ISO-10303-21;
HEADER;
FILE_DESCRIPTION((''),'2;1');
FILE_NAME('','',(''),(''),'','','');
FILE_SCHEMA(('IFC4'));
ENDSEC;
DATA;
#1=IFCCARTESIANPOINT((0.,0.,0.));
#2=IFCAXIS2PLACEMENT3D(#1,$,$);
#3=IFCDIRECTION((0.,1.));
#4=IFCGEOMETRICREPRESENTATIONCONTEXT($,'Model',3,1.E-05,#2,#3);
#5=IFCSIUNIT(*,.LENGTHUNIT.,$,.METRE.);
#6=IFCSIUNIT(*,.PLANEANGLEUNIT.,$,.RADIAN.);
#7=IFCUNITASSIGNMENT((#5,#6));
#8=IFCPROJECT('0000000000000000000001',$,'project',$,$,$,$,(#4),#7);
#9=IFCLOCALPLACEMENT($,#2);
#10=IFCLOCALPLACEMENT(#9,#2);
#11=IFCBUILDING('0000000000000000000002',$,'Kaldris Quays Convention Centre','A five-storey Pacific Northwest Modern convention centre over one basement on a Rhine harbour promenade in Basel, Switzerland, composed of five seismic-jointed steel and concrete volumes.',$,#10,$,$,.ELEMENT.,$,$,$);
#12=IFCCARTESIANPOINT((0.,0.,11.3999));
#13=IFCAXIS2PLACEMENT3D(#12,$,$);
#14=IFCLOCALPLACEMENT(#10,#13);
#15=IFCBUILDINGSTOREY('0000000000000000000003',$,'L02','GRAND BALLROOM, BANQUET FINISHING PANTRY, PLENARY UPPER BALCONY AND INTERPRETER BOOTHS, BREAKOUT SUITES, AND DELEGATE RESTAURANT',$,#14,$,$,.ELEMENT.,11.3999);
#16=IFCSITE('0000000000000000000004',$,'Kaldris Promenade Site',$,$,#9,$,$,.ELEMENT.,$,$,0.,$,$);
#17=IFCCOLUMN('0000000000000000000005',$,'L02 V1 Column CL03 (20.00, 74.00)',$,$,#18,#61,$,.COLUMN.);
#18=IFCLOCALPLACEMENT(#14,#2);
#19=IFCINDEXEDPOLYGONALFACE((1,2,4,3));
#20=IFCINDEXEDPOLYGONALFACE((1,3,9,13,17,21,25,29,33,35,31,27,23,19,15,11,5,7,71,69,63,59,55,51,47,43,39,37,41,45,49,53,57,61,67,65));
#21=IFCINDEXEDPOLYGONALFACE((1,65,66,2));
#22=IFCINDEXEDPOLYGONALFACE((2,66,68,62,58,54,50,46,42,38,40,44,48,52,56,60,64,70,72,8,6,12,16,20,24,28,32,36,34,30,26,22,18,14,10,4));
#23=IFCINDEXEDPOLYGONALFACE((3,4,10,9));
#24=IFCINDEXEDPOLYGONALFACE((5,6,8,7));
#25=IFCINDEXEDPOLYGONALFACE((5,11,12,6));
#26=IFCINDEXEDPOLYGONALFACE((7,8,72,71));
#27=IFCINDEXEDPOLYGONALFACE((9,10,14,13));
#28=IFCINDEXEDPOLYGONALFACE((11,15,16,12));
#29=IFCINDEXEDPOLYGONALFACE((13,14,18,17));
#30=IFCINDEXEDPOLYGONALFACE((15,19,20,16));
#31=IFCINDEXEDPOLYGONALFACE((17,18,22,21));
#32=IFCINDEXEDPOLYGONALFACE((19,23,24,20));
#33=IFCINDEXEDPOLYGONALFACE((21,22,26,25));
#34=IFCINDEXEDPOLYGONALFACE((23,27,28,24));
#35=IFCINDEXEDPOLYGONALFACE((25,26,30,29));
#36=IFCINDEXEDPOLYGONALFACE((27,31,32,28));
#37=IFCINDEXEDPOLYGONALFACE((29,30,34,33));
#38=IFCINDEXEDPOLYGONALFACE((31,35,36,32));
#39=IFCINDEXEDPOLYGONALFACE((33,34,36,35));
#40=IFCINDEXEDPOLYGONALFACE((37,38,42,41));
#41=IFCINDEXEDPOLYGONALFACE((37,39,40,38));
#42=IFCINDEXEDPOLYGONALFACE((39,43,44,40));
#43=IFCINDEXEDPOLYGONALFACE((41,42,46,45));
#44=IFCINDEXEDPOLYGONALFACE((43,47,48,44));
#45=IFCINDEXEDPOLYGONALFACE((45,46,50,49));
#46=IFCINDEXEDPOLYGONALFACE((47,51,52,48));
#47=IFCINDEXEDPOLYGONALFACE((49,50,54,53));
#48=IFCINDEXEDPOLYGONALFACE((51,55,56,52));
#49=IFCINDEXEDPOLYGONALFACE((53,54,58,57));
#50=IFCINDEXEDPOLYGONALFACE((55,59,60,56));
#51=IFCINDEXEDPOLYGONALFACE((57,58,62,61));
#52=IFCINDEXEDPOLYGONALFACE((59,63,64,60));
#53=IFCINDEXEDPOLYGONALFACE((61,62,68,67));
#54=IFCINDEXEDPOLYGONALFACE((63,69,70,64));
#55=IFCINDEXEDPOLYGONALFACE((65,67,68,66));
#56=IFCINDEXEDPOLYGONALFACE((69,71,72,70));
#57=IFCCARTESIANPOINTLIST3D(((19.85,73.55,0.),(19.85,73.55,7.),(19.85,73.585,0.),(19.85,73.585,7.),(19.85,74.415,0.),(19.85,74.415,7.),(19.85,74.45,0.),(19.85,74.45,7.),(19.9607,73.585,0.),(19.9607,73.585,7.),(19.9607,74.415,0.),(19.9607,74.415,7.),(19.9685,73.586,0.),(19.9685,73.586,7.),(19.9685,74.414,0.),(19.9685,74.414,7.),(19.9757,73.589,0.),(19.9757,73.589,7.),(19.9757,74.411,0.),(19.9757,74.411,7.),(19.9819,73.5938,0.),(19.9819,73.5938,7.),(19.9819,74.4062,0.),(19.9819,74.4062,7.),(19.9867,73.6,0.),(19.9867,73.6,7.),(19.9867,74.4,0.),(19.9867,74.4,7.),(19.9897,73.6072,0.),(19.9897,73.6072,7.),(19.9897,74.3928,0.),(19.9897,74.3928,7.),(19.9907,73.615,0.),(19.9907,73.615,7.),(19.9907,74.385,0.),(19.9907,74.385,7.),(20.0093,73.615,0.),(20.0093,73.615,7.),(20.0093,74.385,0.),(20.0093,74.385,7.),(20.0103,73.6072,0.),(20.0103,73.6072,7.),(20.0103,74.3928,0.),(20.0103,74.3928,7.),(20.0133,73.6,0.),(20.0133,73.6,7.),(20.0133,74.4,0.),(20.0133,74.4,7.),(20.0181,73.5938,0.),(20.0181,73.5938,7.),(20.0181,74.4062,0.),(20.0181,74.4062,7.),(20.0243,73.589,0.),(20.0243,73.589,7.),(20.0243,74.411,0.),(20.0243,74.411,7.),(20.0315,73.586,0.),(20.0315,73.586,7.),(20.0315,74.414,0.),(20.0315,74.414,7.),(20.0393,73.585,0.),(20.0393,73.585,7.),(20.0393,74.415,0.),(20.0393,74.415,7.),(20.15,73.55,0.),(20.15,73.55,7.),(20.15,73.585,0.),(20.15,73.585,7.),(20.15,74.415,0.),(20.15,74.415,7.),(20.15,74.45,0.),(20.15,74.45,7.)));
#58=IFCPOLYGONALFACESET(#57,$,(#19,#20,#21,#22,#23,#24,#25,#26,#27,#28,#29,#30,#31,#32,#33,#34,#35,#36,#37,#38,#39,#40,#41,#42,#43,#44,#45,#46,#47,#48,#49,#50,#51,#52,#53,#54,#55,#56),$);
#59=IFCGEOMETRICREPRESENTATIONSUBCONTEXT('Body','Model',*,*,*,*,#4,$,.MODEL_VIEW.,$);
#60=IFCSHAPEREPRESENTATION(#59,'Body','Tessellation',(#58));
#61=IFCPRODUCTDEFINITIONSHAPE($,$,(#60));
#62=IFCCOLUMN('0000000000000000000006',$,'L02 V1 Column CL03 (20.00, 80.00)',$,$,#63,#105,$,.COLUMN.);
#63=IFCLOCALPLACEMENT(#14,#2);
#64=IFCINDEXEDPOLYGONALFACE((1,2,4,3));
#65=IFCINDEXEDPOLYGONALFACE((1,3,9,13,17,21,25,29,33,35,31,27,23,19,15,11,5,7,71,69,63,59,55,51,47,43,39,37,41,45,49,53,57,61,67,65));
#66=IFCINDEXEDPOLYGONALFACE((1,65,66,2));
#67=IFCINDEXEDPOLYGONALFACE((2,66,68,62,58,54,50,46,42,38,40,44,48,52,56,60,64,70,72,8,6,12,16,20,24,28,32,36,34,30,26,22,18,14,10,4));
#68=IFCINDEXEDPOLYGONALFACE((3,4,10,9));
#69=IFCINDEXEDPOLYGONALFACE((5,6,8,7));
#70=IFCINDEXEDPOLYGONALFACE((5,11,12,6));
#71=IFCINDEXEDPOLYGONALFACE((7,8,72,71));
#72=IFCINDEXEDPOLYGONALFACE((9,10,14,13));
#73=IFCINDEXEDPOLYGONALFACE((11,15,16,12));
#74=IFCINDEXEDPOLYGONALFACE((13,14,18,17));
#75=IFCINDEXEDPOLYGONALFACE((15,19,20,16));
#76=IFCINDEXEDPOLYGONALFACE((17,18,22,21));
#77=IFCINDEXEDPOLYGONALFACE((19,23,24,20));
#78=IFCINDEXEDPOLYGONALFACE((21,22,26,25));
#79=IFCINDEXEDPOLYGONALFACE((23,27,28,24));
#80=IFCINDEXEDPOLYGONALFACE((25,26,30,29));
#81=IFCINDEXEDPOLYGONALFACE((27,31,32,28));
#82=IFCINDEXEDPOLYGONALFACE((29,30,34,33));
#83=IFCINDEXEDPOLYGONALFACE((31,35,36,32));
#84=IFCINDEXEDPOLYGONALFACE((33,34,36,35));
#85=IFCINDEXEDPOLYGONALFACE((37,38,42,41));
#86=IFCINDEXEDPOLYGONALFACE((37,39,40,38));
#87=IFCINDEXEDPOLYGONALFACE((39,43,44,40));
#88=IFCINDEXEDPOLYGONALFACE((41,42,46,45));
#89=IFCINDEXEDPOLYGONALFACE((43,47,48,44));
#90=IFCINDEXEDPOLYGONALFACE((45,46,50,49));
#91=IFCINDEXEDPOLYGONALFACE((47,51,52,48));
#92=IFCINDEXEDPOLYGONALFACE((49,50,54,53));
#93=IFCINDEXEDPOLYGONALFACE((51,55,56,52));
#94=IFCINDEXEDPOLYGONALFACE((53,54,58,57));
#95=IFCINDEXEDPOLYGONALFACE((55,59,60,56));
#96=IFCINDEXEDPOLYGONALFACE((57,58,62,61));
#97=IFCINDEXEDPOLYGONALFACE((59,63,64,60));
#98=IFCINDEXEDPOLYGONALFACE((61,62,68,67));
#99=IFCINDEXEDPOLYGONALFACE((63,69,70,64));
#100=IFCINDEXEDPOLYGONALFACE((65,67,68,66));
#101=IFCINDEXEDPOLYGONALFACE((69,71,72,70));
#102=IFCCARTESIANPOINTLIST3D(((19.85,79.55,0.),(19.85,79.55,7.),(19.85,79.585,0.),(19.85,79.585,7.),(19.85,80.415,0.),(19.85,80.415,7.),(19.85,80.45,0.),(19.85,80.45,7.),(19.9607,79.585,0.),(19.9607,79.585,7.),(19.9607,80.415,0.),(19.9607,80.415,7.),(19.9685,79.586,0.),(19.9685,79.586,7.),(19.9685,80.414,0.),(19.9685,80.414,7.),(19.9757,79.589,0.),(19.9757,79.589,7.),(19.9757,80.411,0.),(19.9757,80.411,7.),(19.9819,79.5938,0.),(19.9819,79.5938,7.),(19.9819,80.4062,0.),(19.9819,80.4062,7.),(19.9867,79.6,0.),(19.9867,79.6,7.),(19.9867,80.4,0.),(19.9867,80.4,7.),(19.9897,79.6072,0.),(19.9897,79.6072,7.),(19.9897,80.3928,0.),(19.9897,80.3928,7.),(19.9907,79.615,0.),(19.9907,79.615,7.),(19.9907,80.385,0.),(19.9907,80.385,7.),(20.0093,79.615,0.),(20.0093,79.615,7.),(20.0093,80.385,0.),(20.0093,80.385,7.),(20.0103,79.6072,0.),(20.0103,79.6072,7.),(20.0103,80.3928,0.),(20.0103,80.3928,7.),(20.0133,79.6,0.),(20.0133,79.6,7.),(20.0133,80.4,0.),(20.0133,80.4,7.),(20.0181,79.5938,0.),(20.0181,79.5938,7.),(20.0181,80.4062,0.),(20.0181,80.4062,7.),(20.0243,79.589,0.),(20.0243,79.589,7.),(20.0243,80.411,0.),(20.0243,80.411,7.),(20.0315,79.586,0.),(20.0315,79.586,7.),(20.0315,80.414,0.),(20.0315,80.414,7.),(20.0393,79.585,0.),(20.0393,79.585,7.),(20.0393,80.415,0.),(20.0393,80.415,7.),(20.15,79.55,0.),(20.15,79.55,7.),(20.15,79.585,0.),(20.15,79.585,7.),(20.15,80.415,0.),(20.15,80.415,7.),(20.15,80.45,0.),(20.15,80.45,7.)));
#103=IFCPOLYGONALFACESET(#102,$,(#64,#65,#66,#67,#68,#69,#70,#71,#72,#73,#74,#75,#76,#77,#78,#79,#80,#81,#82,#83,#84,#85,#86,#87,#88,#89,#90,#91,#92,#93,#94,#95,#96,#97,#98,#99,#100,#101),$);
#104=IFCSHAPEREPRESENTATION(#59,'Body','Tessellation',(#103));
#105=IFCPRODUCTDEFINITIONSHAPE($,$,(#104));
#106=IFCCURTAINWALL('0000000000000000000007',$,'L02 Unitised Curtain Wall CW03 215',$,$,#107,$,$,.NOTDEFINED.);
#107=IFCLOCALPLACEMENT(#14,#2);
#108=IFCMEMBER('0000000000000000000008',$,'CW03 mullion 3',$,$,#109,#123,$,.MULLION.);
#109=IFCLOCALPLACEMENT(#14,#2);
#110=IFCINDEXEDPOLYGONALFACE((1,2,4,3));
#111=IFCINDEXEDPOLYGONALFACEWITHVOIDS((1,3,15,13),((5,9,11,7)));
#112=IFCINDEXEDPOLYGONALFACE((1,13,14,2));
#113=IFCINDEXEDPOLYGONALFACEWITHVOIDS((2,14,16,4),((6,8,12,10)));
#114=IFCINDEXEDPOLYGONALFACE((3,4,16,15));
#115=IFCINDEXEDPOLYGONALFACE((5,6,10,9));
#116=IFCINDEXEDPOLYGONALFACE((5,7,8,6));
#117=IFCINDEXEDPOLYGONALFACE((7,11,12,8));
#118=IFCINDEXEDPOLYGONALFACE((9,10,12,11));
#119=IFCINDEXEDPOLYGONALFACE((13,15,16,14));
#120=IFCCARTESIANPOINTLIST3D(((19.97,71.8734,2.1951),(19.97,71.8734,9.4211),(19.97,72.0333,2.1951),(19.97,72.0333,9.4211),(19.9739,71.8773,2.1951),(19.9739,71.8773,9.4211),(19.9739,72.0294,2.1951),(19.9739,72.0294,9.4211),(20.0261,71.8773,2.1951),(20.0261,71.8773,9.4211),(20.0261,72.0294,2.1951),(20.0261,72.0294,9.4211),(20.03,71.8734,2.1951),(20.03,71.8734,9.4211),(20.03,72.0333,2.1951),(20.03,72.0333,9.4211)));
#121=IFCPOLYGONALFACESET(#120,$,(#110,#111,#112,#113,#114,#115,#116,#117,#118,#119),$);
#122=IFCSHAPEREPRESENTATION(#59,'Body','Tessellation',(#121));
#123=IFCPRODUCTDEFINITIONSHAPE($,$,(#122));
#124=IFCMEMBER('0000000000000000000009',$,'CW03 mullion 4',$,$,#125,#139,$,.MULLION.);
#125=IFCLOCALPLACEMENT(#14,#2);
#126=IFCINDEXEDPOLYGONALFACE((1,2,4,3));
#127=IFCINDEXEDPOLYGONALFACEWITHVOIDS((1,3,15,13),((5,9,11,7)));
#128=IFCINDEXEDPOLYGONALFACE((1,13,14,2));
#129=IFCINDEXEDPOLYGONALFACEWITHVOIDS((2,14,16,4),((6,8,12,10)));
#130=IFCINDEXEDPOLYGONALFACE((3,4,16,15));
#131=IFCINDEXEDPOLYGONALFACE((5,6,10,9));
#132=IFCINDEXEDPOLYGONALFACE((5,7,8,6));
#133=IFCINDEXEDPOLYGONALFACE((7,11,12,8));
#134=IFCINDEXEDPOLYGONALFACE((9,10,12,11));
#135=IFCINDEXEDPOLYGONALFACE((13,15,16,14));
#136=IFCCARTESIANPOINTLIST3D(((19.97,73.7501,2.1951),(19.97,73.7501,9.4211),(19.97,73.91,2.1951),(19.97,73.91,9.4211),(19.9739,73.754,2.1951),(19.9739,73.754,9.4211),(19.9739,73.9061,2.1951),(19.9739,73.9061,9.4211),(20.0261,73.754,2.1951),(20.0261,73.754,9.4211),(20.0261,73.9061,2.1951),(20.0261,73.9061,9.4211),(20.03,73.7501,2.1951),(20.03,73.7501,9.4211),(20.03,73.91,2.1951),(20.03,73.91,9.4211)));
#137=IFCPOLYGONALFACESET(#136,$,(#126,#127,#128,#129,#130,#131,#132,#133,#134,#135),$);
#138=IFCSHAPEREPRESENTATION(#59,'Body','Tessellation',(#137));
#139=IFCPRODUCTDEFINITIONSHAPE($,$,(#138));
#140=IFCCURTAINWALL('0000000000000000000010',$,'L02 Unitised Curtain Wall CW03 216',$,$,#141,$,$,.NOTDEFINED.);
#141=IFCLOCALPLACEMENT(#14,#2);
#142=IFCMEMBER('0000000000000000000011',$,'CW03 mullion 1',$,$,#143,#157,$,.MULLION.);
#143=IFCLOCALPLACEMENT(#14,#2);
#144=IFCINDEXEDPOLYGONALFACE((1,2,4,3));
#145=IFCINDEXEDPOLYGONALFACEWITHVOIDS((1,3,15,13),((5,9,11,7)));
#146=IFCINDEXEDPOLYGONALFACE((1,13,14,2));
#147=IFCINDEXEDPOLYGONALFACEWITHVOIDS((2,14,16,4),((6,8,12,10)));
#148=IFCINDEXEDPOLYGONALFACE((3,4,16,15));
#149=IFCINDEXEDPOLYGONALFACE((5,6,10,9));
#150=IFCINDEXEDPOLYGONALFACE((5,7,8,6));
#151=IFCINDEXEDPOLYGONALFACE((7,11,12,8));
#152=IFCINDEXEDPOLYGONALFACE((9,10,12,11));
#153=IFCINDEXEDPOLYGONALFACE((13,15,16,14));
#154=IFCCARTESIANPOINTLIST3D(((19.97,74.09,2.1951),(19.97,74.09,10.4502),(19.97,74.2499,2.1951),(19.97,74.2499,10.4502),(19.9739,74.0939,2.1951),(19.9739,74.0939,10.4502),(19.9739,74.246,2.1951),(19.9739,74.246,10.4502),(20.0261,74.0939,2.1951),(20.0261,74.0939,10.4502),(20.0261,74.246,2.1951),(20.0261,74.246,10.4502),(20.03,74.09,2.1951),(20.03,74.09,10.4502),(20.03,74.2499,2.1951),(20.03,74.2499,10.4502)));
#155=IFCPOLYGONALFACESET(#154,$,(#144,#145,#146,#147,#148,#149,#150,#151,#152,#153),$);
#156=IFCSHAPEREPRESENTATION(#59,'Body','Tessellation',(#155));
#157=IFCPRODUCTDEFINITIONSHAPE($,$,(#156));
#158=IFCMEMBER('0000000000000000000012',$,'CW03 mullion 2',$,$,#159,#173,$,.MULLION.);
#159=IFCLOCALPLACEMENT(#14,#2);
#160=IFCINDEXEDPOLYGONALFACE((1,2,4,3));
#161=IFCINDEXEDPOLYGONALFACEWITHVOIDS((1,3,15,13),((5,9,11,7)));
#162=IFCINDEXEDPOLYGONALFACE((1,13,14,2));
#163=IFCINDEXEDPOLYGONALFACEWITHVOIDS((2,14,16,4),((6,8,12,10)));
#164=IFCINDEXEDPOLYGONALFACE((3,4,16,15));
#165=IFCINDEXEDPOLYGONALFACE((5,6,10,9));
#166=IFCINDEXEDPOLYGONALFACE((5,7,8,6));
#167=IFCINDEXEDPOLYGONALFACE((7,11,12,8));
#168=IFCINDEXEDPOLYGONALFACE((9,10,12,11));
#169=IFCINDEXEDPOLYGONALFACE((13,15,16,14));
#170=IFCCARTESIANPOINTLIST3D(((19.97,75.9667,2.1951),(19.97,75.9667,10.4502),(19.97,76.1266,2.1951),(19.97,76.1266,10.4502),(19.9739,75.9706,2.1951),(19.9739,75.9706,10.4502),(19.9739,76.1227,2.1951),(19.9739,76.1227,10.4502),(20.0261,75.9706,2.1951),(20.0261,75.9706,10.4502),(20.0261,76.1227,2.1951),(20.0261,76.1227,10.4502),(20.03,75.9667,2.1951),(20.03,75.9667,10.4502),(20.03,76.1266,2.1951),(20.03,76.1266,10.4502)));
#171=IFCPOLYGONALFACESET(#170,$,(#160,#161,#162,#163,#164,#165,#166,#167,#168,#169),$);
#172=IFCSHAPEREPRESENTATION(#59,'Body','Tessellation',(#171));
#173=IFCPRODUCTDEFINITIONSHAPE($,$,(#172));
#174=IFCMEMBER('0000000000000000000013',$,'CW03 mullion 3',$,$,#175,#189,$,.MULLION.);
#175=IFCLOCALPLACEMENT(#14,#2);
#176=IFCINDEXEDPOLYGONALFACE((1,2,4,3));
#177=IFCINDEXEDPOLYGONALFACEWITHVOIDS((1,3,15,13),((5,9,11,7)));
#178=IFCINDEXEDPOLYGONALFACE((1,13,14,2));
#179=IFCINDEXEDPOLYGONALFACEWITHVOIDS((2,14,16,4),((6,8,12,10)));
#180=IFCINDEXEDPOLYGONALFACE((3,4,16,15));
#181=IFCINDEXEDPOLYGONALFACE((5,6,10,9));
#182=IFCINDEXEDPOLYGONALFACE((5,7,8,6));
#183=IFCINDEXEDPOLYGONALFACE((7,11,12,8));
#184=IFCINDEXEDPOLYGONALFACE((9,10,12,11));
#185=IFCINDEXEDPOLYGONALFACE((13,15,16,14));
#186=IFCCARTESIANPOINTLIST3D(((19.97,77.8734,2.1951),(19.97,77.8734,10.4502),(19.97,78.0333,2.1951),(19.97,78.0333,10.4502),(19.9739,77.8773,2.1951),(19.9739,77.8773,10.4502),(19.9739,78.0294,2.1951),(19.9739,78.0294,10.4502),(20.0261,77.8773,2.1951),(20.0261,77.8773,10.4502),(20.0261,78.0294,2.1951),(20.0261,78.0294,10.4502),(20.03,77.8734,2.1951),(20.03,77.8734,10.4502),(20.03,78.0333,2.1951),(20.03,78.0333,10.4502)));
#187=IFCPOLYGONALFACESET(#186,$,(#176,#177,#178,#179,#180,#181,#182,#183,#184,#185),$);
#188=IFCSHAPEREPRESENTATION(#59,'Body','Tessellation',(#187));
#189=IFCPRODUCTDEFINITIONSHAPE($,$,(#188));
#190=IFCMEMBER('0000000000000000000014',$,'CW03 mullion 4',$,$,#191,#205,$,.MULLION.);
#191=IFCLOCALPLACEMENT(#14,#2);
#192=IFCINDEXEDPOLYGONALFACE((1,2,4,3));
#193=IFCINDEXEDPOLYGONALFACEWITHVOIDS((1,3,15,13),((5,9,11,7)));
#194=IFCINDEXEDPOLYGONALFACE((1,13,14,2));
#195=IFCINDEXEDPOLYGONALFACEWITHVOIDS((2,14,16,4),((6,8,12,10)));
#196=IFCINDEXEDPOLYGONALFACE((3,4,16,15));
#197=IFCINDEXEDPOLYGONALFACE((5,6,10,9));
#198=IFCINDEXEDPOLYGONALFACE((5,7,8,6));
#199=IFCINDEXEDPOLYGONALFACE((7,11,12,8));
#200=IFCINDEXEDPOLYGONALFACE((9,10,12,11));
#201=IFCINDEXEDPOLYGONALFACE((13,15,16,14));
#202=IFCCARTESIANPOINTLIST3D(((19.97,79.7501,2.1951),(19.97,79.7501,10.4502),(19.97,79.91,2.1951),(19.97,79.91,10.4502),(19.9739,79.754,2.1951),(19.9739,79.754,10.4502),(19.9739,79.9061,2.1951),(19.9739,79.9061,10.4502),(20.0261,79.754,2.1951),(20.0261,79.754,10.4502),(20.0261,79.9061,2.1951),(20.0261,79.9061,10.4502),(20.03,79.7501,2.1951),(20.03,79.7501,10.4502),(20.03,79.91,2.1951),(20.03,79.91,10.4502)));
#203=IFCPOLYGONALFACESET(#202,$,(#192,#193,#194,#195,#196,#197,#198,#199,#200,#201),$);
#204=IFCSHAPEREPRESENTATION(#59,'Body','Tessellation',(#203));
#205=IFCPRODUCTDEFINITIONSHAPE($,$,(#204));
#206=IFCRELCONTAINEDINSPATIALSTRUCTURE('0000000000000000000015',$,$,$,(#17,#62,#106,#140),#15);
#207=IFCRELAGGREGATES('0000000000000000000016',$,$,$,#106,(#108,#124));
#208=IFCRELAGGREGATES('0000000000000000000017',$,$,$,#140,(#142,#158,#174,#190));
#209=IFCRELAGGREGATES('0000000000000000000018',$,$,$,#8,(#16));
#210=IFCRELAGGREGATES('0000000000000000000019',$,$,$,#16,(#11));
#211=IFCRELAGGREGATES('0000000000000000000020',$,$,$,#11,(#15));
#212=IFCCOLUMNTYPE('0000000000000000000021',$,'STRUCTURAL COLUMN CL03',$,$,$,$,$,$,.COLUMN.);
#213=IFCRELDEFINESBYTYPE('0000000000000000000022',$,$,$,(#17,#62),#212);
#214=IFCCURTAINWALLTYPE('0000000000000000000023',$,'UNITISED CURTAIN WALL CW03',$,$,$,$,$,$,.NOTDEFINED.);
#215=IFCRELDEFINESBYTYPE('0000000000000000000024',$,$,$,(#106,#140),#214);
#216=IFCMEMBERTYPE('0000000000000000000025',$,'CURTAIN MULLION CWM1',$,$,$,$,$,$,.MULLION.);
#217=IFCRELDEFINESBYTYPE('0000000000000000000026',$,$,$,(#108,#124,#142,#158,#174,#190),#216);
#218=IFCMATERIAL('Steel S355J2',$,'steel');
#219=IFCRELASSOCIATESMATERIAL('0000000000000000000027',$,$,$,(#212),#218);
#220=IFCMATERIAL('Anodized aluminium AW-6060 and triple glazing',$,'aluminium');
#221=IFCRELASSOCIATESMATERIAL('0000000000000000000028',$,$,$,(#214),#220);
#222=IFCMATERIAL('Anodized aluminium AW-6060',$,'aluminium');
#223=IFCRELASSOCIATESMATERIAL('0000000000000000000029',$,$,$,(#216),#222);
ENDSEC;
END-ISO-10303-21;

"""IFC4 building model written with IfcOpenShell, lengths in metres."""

from ifc_helpers import new_model, si_unit, direction, frame, origin, origin_2d, place, context, subcontext, project, spatial, hollow_rectangle, i_section, extrude, material, material_profile, profile_set, type_object, element, aggregate, save


model = new_model("IFC4")

# Units and contexts
model_context = context("Model", 3, precision=1e-05, world=origin(), true_north=direction((0.0, 1.0)))
body_context = subcontext(model_context, "Body", "Model", "MODEL_VIEW")
ifc_project = project(units=[si_unit("LENGTHUNIT", "METRE"), si_unit("PLANEANGLEUNIT", "RADIAN")], contexts=[model_context])

# Site, building, storey
site_placement = place(None, origin())
site = spatial("IfcSite", under=ifc_project, at=site_placement, Name="Kaldris Promenade Site", CompositionType="ELEMENT", RefElevation=0.0)
building_placement = place(site_placement, origin())
building = spatial("IfcBuilding", under=site, at=building_placement, Name="Kaldris Quays Convention Centre", Description="A five-storey Pacific Northwest Modern convention centre over one basement on a Rhine harbour promenade in Basel, Switzerland, composed of five seismic-jointed steel and concrete volumes.", CompositionType="ELEMENT")
storey_placement = place(building_placement, frame((0.0, 0.0, 11.3999)))
storey = spatial("IfcBuildingStorey", under=building, at=storey_placement, Name="L02", Description="GRAND BALLROOM, BANQUET FINISHING PANTRY, PLENARY UPPER BALCONY AND INTERPRETER BOOTHS, BREAKOUT SUITES, AND DELEGATE RESTAURANT", CompositionType="ELEMENT", Elevation=11.3999)

# Columns
ifc_material_1 = material(Name="Steel S355J2", Category="steel")
ifc_material_profile_1 = material_profile(ifc_material_1, i_section(OverallWidth=0.3, OverallDepth=0.8999, WebThickness=0.0186, FlangeThickness=0.0349, FilletRadius=0.03, at=origin_2d()), Name="HEB 900")
ifc_profile_set_1 = profile_set([ifc_material_profile_1], Name="Steel S355J2")
column_type = type_object("IfcColumnType", Name="STRUCTURAL COLUMN CL03", PredefinedType="COLUMN", material=ifc_profile_set_1)
for number, where, z_axis, x_axis, name in (
    (1, (20.0, 74.0, 0.0), (0.0, 0.0, 1.0), (1.0, 0.0, 0.0), "L02 V1 Column CL03 (20.00, 74.00)"),
    (2, (20.0, 80.0, 0.0), (0.0, 0.0, 1.0), (1.0, 0.0, 0.0), "L02 V1 Column CL03 (20.00, 80.00)"),
):
    element("IfcColumn", number, at=place(storey_placement, frame(where, z_axis=z_axis, x_axis=x_axis)), inside=storey, type_object=column_type, Name=name, PredefinedType="COLUMN", context=body_context, shape_type="SweptSolid", body=[
        extrude(i_section(OverallWidth=0.3, OverallDepth=0.8999, WebThickness=0.0186, FlangeThickness=0.0349, FilletRadius=0.03, at=origin_2d()), origin(), (0.0, 0.0, 1.0), 7.0),
    ])

# Curtain walls, members
ifc_material_2 = material(Name="Anodized aluminium AW-6060 and triple glazing", Category="aluminium")
curtain_wall_type = type_object("IfcCurtainWallType", Name="UNITISED CURTAIN WALL CW03", PredefinedType="NOTDEFINED", material=ifc_material_2)
curtain_wall_1_placement = place(storey_placement, origin())
curtain_wall_1 = element("IfcCurtainWall", 3, at=curtain_wall_1_placement, inside=storey, type_object=curtain_wall_type, Name="L02 Unitised Curtain Wall CW03 215", PredefinedType="NOTDEFINED")
ifc_material_3 = material(Name="Anodized aluminium AW-6060", Category="aluminium")
ifc_material_profile_2 = material_profile(ifc_material_3, hollow_rectangle(XDim=0.0601, YDim=0.1599, WallThickness=0.0039, at=origin_2d()), Name="RHS 160x60x4")
ifc_profile_set_2 = profile_set([ifc_material_profile_2], Name="Anodized aluminium AW-6060")
member_type_1 = type_object("IfcMemberType", Name="CURTAIN MULLION CWM1", PredefinedType="MULLION", material=ifc_profile_set_2)
member_1_placement = place(storey_placement, frame((20.0, 71.9534, 2.1951), z_axis=(0.0, 0.0, 1.0), x_axis=(-1.0, 0.0, 0.0)))
member_1 = element("IfcMember", 4, at=member_1_placement, type_object=member_type_1, Name="CW03 mullion 3", PredefinedType="MULLION", context=body_context, shape_type="SweptSolid", body=[
    extrude(hollow_rectangle(XDim=0.0601, YDim=0.1599, WallThickness=0.0039, at=origin_2d()), origin(), (0.0, 0.0, 1.0), 7.2261),
])
member_2_placement = place(storey_placement, frame((20.0, 73.8301, 2.1951), z_axis=(0.0, 0.0, 1.0), x_axis=(-1.0, 0.0, 0.0)))
member_2 = element("IfcMember", 5, at=member_2_placement, type_object=member_type_1, Name="CW03 mullion 4", PredefinedType="MULLION", context=body_context, shape_type="SweptSolid", body=[
    extrude(hollow_rectangle(XDim=0.0601, YDim=0.1599, WallThickness=0.0039, at=origin_2d()), origin(), (0.0, 0.0, 1.0), 7.2261),
])
curtain_wall_2_placement = place(storey_placement, origin())
curtain_wall_2 = element("IfcCurtainWall", 6, at=curtain_wall_2_placement, inside=storey, type_object=curtain_wall_type, Name="L02 Unitised Curtain Wall CW03 216", PredefinedType="NOTDEFINED")
member_3_placement = place(storey_placement, frame((20.0, 74.1699, 2.1951), z_axis=(0.0, 0.0, 1.0), x_axis=(-1.0, 0.0, 0.0)))
member_3 = element("IfcMember", 7, at=member_3_placement, type_object=member_type_1, Name="CW03 mullion 1", PredefinedType="MULLION", context=body_context, shape_type="SweptSolid", body=[
    extrude(hollow_rectangle(XDim=0.0601, YDim=0.1599, WallThickness=0.0039, at=origin_2d()), origin(), (0.0, 0.0, 1.0), 8.2551),
])
member_4_placement = place(storey_placement, frame((20.0, 76.0466, 2.1951), z_axis=(0.0, 0.0, 1.0), x_axis=(-1.0, 0.0, 0.0)))
member_4 = element("IfcMember", 8, at=member_4_placement, type_object=member_type_1, Name="CW03 mullion 2", PredefinedType="MULLION", context=body_context, shape_type="SweptSolid", body=[
    extrude(hollow_rectangle(XDim=0.0601, YDim=0.1599, WallThickness=0.0039, at=origin_2d()), origin(), (0.0, 0.0, 1.0), 8.2551),
])
member_5_placement = place(storey_placement, frame((20.0, 77.9534, 2.1951), z_axis=(0.0, 0.0, 1.0), x_axis=(-1.0, 0.0, 0.0)))
member_5 = element("IfcMember", 9, at=member_5_placement, type_object=member_type_1, Name="CW03 mullion 3", PredefinedType="MULLION", context=body_context, shape_type="SweptSolid", body=[
    extrude(hollow_rectangle(XDim=0.0601, YDim=0.1599, WallThickness=0.0039, at=origin_2d()), origin(), (0.0, 0.0, 1.0), 8.2551),
])
member_6_placement = place(storey_placement, frame((20.0, 79.8301, 2.1951), z_axis=(0.0, 0.0, 1.0), x_axis=(-1.0, 0.0, 0.0)))
member_6 = element("IfcMember", 10, at=member_6_placement, type_object=member_type_1, Name="CW03 mullion 4", PredefinedType="MULLION", context=body_context, shape_type="SweptSolid", body=[
    extrude(hollow_rectangle(XDim=0.0601, YDim=0.1599, WallThickness=0.0039, at=origin_2d()), origin(), (0.0, 0.0, 1.0), 8.2551),
])

aggregate(curtain_wall_1, [member_1, member_2])
aggregate(curtain_wall_2, [member_3, member_4, member_5, member_6])

save(model, "model.ifc")
